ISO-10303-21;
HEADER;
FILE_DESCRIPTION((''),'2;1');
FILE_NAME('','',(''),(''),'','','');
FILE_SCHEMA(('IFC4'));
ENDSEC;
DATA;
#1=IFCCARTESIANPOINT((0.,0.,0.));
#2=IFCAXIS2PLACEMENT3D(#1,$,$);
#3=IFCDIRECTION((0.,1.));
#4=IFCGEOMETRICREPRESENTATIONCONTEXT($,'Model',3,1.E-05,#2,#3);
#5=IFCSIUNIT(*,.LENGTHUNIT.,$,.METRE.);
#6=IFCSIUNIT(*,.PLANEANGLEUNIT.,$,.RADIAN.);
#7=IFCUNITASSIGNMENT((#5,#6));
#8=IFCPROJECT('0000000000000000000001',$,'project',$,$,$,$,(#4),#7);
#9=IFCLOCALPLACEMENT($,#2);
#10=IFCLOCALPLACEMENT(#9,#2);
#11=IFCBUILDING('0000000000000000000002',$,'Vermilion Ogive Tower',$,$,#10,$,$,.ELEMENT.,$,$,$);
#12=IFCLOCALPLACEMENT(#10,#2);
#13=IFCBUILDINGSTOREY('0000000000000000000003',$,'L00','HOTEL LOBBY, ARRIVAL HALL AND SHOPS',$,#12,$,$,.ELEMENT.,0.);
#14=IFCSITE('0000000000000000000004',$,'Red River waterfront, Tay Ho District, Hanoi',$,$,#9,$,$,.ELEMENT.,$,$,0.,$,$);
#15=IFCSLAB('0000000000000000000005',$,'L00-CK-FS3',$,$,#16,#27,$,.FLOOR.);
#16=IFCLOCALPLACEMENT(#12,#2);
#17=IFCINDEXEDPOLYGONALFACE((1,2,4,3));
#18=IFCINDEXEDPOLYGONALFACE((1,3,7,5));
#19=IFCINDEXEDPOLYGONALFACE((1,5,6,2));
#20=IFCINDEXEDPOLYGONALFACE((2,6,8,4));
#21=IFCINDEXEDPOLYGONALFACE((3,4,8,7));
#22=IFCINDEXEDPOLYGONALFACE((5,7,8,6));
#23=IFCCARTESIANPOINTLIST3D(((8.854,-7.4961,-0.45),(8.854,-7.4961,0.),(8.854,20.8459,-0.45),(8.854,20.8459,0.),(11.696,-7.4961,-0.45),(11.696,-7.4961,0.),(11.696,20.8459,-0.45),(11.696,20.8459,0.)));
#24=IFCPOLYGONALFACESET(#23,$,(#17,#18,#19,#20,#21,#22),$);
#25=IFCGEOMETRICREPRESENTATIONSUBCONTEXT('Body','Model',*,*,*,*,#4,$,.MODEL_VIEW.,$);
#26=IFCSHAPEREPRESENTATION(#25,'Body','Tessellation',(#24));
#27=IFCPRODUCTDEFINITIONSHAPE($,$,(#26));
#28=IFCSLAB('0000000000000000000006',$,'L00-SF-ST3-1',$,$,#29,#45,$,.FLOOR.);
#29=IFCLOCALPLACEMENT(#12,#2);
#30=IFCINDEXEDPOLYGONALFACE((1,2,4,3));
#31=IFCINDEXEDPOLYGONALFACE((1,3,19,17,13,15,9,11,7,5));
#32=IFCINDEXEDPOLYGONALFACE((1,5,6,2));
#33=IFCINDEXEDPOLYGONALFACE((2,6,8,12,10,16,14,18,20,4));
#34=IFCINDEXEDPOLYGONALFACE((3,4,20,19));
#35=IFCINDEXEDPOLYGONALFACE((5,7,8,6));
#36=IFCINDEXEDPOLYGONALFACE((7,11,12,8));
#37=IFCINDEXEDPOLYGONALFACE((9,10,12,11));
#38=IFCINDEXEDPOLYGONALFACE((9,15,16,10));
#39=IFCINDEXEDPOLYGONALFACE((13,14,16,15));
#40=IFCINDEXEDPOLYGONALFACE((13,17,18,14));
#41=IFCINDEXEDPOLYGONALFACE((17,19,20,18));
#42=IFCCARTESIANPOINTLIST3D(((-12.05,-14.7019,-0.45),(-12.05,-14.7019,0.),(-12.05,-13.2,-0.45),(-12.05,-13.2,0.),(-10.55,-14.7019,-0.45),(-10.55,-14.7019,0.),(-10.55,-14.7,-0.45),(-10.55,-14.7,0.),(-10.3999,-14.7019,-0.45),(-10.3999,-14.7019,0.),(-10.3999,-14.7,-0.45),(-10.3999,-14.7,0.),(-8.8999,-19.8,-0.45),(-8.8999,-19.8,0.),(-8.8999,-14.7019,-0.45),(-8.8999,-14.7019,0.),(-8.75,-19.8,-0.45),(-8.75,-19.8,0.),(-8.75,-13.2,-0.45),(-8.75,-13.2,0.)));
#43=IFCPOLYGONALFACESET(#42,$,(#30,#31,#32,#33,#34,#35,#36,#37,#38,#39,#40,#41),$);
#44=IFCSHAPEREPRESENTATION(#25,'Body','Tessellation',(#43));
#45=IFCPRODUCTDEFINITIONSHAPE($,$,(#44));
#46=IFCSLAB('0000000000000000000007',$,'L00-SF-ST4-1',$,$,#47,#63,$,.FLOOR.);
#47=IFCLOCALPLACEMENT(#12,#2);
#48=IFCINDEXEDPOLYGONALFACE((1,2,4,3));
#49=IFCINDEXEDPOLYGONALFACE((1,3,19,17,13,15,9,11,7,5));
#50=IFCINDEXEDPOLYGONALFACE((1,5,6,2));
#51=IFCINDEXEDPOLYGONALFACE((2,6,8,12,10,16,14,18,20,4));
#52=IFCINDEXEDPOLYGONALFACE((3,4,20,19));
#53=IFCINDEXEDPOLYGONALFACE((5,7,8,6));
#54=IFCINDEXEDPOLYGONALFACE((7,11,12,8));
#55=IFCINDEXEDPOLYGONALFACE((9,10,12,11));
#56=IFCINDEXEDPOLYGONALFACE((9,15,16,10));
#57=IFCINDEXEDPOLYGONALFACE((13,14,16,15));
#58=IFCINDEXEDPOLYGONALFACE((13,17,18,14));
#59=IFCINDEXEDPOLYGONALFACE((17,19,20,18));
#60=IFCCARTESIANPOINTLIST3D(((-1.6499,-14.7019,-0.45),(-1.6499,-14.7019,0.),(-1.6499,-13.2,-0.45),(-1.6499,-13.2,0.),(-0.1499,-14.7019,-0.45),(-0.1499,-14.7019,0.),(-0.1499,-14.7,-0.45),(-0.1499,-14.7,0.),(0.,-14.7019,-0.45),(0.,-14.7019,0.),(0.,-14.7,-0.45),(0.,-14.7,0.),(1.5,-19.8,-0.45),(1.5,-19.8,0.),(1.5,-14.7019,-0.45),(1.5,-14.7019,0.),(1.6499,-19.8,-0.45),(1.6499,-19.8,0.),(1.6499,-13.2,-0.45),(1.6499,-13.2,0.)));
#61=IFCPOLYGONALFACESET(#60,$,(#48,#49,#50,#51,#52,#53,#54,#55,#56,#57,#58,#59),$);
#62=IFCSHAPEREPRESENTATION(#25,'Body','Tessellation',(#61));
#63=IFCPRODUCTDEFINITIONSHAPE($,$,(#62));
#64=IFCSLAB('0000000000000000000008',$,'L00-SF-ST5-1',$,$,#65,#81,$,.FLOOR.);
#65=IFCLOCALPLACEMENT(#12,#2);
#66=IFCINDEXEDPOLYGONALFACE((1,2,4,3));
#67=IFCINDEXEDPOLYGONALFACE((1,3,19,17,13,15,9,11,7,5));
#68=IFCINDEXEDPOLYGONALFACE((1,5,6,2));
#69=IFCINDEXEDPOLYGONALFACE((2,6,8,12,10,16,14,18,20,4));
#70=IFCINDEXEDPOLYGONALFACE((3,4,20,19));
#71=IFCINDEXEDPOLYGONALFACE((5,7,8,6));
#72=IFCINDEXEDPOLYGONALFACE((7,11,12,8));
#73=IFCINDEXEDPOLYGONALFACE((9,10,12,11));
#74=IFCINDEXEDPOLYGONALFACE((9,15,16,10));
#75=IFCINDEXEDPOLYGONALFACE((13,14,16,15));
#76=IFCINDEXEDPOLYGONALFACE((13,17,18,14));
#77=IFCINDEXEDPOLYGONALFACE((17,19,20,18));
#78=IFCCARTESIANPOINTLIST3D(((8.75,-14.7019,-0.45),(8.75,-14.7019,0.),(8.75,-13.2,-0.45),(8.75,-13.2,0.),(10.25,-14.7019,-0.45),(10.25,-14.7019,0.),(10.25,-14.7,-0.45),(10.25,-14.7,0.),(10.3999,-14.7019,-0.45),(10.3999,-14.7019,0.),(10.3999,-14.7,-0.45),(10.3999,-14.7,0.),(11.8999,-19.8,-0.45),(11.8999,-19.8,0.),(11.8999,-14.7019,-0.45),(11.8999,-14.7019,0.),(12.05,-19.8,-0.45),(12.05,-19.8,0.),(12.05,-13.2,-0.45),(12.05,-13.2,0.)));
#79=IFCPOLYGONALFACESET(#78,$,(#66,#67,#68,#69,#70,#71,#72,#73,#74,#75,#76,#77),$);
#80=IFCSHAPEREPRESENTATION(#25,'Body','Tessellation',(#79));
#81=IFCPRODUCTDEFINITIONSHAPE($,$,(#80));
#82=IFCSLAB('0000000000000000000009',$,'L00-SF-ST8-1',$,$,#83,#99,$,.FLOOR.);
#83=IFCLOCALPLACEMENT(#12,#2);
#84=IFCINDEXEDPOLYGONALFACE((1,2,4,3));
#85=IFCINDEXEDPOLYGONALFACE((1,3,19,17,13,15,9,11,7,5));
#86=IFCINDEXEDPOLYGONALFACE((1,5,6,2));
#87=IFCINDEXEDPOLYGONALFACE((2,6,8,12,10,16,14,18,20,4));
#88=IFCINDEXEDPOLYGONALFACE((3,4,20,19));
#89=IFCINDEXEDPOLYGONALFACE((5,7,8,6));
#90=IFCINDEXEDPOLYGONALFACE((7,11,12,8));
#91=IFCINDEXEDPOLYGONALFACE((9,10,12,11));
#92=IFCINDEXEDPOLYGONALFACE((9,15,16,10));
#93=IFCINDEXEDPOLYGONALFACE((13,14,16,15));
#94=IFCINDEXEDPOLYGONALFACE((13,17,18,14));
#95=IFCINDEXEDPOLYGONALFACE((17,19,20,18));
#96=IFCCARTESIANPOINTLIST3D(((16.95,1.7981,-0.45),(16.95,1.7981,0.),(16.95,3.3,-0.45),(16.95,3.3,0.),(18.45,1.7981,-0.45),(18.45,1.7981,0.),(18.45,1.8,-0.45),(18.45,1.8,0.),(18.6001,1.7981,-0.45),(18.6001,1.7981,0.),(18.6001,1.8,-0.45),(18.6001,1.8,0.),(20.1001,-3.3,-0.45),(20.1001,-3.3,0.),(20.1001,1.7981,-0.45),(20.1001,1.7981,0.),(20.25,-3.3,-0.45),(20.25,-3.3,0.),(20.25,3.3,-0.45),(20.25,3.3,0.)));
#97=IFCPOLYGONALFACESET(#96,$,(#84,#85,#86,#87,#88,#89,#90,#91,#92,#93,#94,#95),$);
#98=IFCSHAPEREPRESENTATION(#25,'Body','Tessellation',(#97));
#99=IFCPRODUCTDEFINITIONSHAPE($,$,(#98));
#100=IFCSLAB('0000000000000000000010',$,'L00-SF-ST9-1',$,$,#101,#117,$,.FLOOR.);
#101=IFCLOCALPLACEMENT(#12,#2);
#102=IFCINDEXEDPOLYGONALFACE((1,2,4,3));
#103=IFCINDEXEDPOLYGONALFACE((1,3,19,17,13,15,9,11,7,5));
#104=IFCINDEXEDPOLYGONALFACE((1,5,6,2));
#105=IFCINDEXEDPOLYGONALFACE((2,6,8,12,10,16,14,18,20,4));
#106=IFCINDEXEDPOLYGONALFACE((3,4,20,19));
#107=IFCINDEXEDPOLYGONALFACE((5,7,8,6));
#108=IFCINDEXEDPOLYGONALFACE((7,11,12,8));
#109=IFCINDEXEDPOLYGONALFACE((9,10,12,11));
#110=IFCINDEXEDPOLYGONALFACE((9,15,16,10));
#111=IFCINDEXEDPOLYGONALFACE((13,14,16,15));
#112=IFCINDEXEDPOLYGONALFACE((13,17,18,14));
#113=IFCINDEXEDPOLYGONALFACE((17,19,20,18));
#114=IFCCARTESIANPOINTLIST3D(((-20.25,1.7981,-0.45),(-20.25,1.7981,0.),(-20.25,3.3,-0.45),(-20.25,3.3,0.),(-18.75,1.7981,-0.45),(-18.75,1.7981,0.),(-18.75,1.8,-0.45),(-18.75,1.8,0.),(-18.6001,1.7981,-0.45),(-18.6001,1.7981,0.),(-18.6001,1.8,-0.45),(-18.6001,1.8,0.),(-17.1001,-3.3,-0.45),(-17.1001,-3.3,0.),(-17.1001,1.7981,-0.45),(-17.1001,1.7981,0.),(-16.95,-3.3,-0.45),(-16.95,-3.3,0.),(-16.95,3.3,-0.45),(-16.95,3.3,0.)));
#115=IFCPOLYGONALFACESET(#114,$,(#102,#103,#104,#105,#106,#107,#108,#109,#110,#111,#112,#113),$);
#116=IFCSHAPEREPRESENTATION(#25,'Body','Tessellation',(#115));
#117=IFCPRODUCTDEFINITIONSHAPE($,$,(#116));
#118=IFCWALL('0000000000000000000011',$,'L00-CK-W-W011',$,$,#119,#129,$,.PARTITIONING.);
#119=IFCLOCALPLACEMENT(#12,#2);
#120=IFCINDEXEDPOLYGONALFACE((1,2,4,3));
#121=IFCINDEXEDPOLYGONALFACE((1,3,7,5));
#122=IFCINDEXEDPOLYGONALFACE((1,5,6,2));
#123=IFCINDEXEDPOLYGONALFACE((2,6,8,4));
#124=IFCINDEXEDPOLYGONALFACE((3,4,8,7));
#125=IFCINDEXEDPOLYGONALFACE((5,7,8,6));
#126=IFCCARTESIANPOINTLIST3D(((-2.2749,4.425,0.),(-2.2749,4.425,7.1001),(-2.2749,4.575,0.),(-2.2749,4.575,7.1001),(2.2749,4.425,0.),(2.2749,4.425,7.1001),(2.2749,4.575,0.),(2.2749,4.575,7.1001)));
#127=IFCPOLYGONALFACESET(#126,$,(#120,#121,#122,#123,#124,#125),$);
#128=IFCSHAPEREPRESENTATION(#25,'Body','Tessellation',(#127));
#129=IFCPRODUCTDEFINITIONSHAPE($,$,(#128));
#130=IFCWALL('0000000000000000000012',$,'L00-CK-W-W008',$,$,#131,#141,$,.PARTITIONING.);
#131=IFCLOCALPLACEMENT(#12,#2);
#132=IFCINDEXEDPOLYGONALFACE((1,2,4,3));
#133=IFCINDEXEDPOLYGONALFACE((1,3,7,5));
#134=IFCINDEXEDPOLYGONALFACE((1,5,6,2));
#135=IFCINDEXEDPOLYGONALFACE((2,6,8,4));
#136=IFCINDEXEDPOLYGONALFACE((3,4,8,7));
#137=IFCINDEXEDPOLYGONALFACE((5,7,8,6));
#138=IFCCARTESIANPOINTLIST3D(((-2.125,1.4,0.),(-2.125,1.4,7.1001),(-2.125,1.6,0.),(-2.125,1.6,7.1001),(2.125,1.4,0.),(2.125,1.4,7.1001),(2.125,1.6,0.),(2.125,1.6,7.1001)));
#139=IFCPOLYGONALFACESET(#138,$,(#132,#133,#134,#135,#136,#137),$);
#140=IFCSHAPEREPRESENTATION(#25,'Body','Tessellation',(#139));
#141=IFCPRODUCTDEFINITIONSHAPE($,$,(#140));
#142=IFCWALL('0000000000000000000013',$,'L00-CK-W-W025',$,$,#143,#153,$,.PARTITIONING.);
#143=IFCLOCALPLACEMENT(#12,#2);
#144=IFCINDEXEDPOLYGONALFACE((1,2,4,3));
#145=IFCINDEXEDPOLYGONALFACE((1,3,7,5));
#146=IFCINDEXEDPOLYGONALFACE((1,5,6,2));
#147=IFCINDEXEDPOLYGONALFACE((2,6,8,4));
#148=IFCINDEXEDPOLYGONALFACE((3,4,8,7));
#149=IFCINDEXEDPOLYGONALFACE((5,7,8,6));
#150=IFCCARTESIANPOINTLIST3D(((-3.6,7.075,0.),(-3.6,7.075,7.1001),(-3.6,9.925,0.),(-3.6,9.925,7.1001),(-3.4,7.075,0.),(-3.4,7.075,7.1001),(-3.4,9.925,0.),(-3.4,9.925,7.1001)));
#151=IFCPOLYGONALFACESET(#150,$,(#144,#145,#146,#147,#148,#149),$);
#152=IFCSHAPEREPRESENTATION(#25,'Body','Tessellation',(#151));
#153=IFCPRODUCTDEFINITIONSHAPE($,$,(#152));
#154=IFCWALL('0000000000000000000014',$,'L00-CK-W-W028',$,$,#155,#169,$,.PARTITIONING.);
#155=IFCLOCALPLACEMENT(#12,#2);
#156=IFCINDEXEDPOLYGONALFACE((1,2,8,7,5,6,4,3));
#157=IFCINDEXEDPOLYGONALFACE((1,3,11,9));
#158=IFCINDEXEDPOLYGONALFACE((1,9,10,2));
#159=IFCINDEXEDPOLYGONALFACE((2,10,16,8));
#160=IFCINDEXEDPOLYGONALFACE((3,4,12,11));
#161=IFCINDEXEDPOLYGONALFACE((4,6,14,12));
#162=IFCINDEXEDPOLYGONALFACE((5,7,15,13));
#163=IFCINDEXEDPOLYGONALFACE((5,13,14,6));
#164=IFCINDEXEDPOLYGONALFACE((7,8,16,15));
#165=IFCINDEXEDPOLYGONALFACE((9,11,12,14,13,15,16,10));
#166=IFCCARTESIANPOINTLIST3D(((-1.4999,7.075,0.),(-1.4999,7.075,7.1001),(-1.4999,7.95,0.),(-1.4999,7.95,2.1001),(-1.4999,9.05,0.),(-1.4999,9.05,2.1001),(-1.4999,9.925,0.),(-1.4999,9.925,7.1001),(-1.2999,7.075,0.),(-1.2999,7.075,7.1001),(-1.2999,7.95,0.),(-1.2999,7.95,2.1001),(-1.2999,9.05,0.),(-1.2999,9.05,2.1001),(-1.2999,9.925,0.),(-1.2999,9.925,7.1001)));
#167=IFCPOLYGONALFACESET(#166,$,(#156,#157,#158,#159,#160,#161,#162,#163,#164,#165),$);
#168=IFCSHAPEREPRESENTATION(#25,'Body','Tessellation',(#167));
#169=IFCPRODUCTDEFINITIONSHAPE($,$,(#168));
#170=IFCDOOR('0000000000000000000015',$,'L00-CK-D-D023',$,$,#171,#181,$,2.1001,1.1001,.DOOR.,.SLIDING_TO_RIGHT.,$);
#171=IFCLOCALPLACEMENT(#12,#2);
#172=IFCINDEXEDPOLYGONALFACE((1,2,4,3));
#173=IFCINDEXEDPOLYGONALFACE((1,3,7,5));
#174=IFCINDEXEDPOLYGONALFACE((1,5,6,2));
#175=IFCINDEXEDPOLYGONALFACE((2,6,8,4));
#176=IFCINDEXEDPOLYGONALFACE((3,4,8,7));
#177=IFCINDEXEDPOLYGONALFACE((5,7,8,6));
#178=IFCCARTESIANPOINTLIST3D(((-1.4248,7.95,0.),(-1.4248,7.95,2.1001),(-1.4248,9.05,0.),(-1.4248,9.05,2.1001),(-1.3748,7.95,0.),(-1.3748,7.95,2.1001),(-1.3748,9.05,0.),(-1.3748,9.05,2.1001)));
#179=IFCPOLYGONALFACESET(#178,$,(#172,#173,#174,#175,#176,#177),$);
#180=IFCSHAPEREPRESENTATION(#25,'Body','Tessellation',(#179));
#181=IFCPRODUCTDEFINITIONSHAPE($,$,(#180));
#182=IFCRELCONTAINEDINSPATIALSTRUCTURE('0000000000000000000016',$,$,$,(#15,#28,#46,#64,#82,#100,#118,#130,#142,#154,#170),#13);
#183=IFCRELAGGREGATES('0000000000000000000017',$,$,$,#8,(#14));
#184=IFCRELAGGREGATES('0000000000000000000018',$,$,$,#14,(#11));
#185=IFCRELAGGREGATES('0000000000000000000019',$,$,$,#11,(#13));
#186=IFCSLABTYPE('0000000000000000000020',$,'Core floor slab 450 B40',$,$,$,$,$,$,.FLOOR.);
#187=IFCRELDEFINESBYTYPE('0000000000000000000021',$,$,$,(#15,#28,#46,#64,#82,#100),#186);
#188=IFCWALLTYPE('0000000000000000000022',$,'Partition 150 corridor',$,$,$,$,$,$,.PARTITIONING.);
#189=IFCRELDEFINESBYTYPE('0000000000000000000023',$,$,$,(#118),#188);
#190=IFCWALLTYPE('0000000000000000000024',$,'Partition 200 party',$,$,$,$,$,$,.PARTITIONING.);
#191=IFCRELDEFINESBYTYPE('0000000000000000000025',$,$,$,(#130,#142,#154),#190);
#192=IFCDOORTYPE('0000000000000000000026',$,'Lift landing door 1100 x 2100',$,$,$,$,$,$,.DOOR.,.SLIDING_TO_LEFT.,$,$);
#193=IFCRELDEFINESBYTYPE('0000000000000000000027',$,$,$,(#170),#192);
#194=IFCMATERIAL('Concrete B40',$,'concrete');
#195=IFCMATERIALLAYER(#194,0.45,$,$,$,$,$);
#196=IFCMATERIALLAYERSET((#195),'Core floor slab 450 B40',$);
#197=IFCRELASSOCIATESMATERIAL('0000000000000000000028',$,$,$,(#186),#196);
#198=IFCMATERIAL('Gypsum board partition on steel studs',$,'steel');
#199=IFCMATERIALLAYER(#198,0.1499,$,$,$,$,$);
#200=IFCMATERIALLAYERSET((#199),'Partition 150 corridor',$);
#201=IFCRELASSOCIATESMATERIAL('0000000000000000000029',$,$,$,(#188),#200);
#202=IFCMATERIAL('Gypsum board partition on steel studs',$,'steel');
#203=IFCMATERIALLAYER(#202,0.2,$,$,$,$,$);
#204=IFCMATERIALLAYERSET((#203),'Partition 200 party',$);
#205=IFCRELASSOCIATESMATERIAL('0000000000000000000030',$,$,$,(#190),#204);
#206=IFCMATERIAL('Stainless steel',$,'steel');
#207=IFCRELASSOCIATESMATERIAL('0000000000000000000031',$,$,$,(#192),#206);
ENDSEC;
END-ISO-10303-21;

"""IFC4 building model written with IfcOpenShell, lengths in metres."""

from ifc_helpers import new_model, si_unit, direction, frame, frame_2d, origin, place, context, subcontext, project, spatial, polyline, rectangle, outline, extrude, material, layer, layer_set, type_object, element, fill, save


model = new_model("IFC4")

# Units and contexts
model_context = context("Model", 3, precision=1e-05, world=origin(), true_north=direction((0.0, 1.0)))
body_context = subcontext(model_context, "Body", "Model", "MODEL_VIEW")
ifc_project = project(units=[si_unit("LENGTHUNIT", "METRE"), si_unit("PLANEANGLEUNIT", "RADIAN")], contexts=[model_context])

# Site, building, storey
site_placement = place(None, origin())
site = spatial("IfcSite", under=ifc_project, at=site_placement, Name="Red River waterfront, Tay Ho District, Hanoi", CompositionType="ELEMENT", RefElevation=0.0)
building_placement = place(site_placement, origin())
building = spatial("IfcBuilding", under=site, at=building_placement, Name="Vermilion Ogive Tower", CompositionType="ELEMENT")
storey_placement = place(building_placement, origin())
storey = spatial("IfcBuildingStorey", under=building, at=storey_placement, Name="L00", Description="HOTEL LOBBY, ARRIVAL HALL AND SHOPS", CompositionType="ELEMENT", Elevation=0.0)

# Slabs
ifc_material_1 = material(Name="Concrete B40", Category="concrete")
ifc_layer_1 = layer(ifc_material_1, 0.45)
ifc_layer_set_1 = layer_set([ifc_layer_1], Name="Core floor slab 450 B40")
slab_type = type_object("IfcSlabType", Name="Core floor slab 450 B40", PredefinedType="FLOOR", material=ifc_layer_set_1)
slab_1_placement = place(storey_placement, frame((0.0, 0.0, -0.45)))
element("IfcSlab", 1, at=slab_1_placement, inside=storey, type_object=slab_type, Name="L00-CK-FS3", PredefinedType="FLOOR", context=body_context, shape_type="SweptSolid", body=[
    extrude(outline(polyline([(8.854, 20.8459), (11.696, 20.8459), (11.696, -7.4961), (8.854, -7.4961), (8.854, 20.8459)])), origin(), (0.0, 0.0, 1.0), 0.45),
])
slab_2_placement = place(storey_placement, frame((0.0, 0.0, -0.45)))
element("IfcSlab", 2, at=slab_2_placement, inside=storey, type_object=slab_type, Name="L00-SF-ST3-1", PredefinedType="FLOOR", context=body_context, shape_type="SweptSolid", body=[
    extrude(outline(polyline([(-12.05, -13.2), (-12.05, -14.7019), (-10.55, -14.7019), (-10.55, -14.7), (-10.3999, -14.7), (-10.3999, -14.7019), (-8.8999, -14.7019), (-8.8999, -19.8), (-8.75, -19.8), (-8.75, -13.2), (-12.05, -13.2)])), origin(), (0.0, 0.0, 1.0), 0.45),
])
slab_3_placement = place(storey_placement, frame((0.0, 0.0, -0.45)))
element("IfcSlab", 3, at=slab_3_placement, inside=storey, type_object=slab_type, Name="L00-SF-ST4-1", PredefinedType="FLOOR", context=body_context, shape_type="SweptSolid", body=[
    extrude(outline(polyline([(-1.6499, -13.2), (-1.6499, -14.7019), (-0.1499, -14.7019), (-0.1499, -14.7), (0.0, -14.7), (0.0, -14.7019), (1.5, -14.7019), (1.5, -19.8), (1.6499, -19.8), (1.6499, -13.2), (-1.6499, -13.2)])), origin(), (0.0, 0.0, 1.0), 0.45),
])
slab_4_placement = place(storey_placement, frame((0.0, 0.0, -0.45)))
element("IfcSlab", 4, at=slab_4_placement, inside=storey, type_object=slab_type, Name="L00-SF-ST5-1", PredefinedType="FLOOR", context=body_context, shape_type="SweptSolid", body=[
    extrude(outline(polyline([(8.75, -13.2), (8.75, -14.7019), (10.25, -14.7019), (10.25, -14.7), (10.3999, -14.7), (10.3999, -14.7019), (11.8999, -14.7019), (11.8999, -19.8), (12.05, -19.8), (12.05, -13.2), (8.75, -13.2)])), origin(), (0.0, 0.0, 1.0), 0.45),
])
slab_5_placement = place(storey_placement, frame((0.0, 0.0, -0.45)))
element("IfcSlab", 5, at=slab_5_placement, inside=storey, type_object=slab_type, Name="L00-SF-ST8-1", PredefinedType="FLOOR", context=body_context, shape_type="SweptSolid", body=[
    extrude(outline(polyline([(16.95, 3.3), (16.95, 1.7981), (18.45, 1.7981), (18.45, 1.8), (18.6001, 1.8), (18.6001, 1.7981), (20.1001, 1.7981), (20.1001, -3.3), (20.25, -3.3), (20.25, 3.3), (16.95, 3.3)])), origin(), (0.0, 0.0, 1.0), 0.45),
])
slab_6_placement = place(storey_placement, frame((0.0, 0.0, -0.45)))
element("IfcSlab", 6, at=slab_6_placement, inside=storey, type_object=slab_type, Name="L00-SF-ST9-1", PredefinedType="FLOOR", context=body_context, shape_type="SweptSolid", body=[
    extrude(outline(polyline([(-20.25, 3.3), (-20.25, 1.7981), (-18.75, 1.7981), (-18.75, 1.8), (-18.6001, 1.8), (-18.6001, 1.7981), (-17.1001, 1.7981), (-17.1001, -3.3), (-16.95, -3.3), (-16.95, 3.3), (-20.25, 3.3)])), origin(), (0.0, 0.0, 1.0), 0.45),
])

# Walls
ifc_material_2 = material(Name="Gypsum board partition on steel studs", Category="steel")
ifc_layer_2 = layer(ifc_material_2, 0.1499)
ifc_layer_set_2 = layer_set([ifc_layer_2], Name="Partition 150 corridor")
wall_type_1 = type_object("IfcWallType", Name="Partition 150 corridor", PredefinedType="PARTITIONING", material=ifc_layer_set_2)
wall_1_placement = place(storey_placement, frame((-2.2749, 4.5, 0.0), z_axis=(0.0, 0.0, 1.0), x_axis=(1.0, 0.0, 0.0)))
element("IfcWall", 7, at=wall_1_placement, inside=storey, type_object=wall_type_1, Name="L00-CK-W-W011", PredefinedType="PARTITIONING", context=body_context, shape_type="SweptSolid", body=[
    extrude(rectangle(XDim=4.5498, YDim=0.1499, at=frame_2d((2.2749, 0.0))), origin(), (0.0, 0.0, 1.0), 7.1001),
])
ifc_material_3 = material(Name="Gypsum board partition on steel studs", Category="steel")
ifc_layer_3 = layer(ifc_material_3, 0.2)
ifc_layer_set_3 = layer_set([ifc_layer_3], Name="Partition 200 party")
wall_type_2 = type_object("IfcWallType", Name="Partition 200 party", PredefinedType="PARTITIONING", material=ifc_layer_set_3)
wall_2_placement = place(storey_placement, frame((-2.125, 1.5, 0.0), z_axis=(0.0, 0.0, 1.0), x_axis=(1.0, 0.0, 0.0)))
element("IfcWall", 8, at=wall_2_placement, inside=storey, type_object=wall_type_2, Name="L00-CK-W-W008", PredefinedType="PARTITIONING", context=body_context, shape_type="SweptSolid", body=[
    extrude(rectangle(XDim=4.25, YDim=0.2, at=frame_2d((2.125, 0.0))), origin(), (0.0, 0.0, 1.0), 7.1001),
])
wall_3_placement = place(storey_placement, frame((-3.5, 7.075, 0.0), z_axis=(0.0, 0.0, 1.0), x_axis=(0.0, 1.0, 0.0)))
element("IfcWall", 9, at=wall_3_placement, inside=storey, type_object=wall_type_2, Name="L00-CK-W-W025", PredefinedType="PARTITIONING", context=body_context, shape_type="SweptSolid", body=[
    extrude(rectangle(XDim=2.8501, YDim=0.2, at=frame_2d((1.425, 0.0))), origin(), (0.0, 0.0, 1.0), 7.1001),
])

# Wall, opening, door
wall_4_placement = place(storey_placement, frame((-1.3999, 7.075, 0.0), z_axis=(0.0, 0.0, 1.0), x_axis=(0.0, 1.0, 0.0)))
wall_4 = element("IfcWall", 10, at=wall_4_placement, inside=storey, type_object=wall_type_2, Name="L00-CK-W-W028", PredefinedType="PARTITIONING", context=body_context, shape_type="SweptSolid", body=[
    extrude(rectangle(XDim=2.8501, YDim=0.2, at=frame_2d((1.425, 0.0))), origin(), (0.0, 0.0, 1.0), 7.1001),
])
opening_1_placement = place(wall_4_placement, frame((0.875, 0.0, 0.0)))
opening_1 = element("IfcOpeningElement", 11, at=opening_1_placement, cuts=wall_4, PredefinedType="OPENING", context=body_context, shape_type="SweptSolid", body=[
    extrude(rectangle(XDim=1.1001, YDim=2.1001, at=frame_2d((0.55, 1.05))), frame((0.0, 0.1099, 0.0), z_axis=(0.0, -1.0, 0.0), x_axis=(1.0, 0.0, 0.0)), (0.0, 0.0, 1.0), 0.22),
])
ifc_material_4 = material(Name="Stainless steel", Category="steel")
door_type = type_object("IfcDoorType", Name="Lift landing door 1100 x 2100", OperationType="SLIDING_TO_LEFT", PredefinedType="DOOR", material=ifc_material_4)
door_1_placement = place(opening_1_placement, origin())
door_1 = element("IfcDoor", 12, at=door_1_placement, inside=storey, type_object=door_type, Name="L00-CK-D-D023", OperationType="SLIDING_TO_RIGHT", OverallHeight=2.1001, OverallWidth=1.1001, PredefinedType="DOOR", context=body_context, shape_type="SweptSolid", body=[
    extrude(rectangle(XDim=1.1001, YDim=2.1001, at=frame_2d((0.55, 1.05))), frame((0.0, 0.0249, 0.0), z_axis=(0.0, -1.0, 0.0), x_axis=(1.0, 0.0, 0.0)), (0.0, 0.0, 1.0), 0.05),
])
fill(opening_1, door_1)

save(model, "model.ifc")
